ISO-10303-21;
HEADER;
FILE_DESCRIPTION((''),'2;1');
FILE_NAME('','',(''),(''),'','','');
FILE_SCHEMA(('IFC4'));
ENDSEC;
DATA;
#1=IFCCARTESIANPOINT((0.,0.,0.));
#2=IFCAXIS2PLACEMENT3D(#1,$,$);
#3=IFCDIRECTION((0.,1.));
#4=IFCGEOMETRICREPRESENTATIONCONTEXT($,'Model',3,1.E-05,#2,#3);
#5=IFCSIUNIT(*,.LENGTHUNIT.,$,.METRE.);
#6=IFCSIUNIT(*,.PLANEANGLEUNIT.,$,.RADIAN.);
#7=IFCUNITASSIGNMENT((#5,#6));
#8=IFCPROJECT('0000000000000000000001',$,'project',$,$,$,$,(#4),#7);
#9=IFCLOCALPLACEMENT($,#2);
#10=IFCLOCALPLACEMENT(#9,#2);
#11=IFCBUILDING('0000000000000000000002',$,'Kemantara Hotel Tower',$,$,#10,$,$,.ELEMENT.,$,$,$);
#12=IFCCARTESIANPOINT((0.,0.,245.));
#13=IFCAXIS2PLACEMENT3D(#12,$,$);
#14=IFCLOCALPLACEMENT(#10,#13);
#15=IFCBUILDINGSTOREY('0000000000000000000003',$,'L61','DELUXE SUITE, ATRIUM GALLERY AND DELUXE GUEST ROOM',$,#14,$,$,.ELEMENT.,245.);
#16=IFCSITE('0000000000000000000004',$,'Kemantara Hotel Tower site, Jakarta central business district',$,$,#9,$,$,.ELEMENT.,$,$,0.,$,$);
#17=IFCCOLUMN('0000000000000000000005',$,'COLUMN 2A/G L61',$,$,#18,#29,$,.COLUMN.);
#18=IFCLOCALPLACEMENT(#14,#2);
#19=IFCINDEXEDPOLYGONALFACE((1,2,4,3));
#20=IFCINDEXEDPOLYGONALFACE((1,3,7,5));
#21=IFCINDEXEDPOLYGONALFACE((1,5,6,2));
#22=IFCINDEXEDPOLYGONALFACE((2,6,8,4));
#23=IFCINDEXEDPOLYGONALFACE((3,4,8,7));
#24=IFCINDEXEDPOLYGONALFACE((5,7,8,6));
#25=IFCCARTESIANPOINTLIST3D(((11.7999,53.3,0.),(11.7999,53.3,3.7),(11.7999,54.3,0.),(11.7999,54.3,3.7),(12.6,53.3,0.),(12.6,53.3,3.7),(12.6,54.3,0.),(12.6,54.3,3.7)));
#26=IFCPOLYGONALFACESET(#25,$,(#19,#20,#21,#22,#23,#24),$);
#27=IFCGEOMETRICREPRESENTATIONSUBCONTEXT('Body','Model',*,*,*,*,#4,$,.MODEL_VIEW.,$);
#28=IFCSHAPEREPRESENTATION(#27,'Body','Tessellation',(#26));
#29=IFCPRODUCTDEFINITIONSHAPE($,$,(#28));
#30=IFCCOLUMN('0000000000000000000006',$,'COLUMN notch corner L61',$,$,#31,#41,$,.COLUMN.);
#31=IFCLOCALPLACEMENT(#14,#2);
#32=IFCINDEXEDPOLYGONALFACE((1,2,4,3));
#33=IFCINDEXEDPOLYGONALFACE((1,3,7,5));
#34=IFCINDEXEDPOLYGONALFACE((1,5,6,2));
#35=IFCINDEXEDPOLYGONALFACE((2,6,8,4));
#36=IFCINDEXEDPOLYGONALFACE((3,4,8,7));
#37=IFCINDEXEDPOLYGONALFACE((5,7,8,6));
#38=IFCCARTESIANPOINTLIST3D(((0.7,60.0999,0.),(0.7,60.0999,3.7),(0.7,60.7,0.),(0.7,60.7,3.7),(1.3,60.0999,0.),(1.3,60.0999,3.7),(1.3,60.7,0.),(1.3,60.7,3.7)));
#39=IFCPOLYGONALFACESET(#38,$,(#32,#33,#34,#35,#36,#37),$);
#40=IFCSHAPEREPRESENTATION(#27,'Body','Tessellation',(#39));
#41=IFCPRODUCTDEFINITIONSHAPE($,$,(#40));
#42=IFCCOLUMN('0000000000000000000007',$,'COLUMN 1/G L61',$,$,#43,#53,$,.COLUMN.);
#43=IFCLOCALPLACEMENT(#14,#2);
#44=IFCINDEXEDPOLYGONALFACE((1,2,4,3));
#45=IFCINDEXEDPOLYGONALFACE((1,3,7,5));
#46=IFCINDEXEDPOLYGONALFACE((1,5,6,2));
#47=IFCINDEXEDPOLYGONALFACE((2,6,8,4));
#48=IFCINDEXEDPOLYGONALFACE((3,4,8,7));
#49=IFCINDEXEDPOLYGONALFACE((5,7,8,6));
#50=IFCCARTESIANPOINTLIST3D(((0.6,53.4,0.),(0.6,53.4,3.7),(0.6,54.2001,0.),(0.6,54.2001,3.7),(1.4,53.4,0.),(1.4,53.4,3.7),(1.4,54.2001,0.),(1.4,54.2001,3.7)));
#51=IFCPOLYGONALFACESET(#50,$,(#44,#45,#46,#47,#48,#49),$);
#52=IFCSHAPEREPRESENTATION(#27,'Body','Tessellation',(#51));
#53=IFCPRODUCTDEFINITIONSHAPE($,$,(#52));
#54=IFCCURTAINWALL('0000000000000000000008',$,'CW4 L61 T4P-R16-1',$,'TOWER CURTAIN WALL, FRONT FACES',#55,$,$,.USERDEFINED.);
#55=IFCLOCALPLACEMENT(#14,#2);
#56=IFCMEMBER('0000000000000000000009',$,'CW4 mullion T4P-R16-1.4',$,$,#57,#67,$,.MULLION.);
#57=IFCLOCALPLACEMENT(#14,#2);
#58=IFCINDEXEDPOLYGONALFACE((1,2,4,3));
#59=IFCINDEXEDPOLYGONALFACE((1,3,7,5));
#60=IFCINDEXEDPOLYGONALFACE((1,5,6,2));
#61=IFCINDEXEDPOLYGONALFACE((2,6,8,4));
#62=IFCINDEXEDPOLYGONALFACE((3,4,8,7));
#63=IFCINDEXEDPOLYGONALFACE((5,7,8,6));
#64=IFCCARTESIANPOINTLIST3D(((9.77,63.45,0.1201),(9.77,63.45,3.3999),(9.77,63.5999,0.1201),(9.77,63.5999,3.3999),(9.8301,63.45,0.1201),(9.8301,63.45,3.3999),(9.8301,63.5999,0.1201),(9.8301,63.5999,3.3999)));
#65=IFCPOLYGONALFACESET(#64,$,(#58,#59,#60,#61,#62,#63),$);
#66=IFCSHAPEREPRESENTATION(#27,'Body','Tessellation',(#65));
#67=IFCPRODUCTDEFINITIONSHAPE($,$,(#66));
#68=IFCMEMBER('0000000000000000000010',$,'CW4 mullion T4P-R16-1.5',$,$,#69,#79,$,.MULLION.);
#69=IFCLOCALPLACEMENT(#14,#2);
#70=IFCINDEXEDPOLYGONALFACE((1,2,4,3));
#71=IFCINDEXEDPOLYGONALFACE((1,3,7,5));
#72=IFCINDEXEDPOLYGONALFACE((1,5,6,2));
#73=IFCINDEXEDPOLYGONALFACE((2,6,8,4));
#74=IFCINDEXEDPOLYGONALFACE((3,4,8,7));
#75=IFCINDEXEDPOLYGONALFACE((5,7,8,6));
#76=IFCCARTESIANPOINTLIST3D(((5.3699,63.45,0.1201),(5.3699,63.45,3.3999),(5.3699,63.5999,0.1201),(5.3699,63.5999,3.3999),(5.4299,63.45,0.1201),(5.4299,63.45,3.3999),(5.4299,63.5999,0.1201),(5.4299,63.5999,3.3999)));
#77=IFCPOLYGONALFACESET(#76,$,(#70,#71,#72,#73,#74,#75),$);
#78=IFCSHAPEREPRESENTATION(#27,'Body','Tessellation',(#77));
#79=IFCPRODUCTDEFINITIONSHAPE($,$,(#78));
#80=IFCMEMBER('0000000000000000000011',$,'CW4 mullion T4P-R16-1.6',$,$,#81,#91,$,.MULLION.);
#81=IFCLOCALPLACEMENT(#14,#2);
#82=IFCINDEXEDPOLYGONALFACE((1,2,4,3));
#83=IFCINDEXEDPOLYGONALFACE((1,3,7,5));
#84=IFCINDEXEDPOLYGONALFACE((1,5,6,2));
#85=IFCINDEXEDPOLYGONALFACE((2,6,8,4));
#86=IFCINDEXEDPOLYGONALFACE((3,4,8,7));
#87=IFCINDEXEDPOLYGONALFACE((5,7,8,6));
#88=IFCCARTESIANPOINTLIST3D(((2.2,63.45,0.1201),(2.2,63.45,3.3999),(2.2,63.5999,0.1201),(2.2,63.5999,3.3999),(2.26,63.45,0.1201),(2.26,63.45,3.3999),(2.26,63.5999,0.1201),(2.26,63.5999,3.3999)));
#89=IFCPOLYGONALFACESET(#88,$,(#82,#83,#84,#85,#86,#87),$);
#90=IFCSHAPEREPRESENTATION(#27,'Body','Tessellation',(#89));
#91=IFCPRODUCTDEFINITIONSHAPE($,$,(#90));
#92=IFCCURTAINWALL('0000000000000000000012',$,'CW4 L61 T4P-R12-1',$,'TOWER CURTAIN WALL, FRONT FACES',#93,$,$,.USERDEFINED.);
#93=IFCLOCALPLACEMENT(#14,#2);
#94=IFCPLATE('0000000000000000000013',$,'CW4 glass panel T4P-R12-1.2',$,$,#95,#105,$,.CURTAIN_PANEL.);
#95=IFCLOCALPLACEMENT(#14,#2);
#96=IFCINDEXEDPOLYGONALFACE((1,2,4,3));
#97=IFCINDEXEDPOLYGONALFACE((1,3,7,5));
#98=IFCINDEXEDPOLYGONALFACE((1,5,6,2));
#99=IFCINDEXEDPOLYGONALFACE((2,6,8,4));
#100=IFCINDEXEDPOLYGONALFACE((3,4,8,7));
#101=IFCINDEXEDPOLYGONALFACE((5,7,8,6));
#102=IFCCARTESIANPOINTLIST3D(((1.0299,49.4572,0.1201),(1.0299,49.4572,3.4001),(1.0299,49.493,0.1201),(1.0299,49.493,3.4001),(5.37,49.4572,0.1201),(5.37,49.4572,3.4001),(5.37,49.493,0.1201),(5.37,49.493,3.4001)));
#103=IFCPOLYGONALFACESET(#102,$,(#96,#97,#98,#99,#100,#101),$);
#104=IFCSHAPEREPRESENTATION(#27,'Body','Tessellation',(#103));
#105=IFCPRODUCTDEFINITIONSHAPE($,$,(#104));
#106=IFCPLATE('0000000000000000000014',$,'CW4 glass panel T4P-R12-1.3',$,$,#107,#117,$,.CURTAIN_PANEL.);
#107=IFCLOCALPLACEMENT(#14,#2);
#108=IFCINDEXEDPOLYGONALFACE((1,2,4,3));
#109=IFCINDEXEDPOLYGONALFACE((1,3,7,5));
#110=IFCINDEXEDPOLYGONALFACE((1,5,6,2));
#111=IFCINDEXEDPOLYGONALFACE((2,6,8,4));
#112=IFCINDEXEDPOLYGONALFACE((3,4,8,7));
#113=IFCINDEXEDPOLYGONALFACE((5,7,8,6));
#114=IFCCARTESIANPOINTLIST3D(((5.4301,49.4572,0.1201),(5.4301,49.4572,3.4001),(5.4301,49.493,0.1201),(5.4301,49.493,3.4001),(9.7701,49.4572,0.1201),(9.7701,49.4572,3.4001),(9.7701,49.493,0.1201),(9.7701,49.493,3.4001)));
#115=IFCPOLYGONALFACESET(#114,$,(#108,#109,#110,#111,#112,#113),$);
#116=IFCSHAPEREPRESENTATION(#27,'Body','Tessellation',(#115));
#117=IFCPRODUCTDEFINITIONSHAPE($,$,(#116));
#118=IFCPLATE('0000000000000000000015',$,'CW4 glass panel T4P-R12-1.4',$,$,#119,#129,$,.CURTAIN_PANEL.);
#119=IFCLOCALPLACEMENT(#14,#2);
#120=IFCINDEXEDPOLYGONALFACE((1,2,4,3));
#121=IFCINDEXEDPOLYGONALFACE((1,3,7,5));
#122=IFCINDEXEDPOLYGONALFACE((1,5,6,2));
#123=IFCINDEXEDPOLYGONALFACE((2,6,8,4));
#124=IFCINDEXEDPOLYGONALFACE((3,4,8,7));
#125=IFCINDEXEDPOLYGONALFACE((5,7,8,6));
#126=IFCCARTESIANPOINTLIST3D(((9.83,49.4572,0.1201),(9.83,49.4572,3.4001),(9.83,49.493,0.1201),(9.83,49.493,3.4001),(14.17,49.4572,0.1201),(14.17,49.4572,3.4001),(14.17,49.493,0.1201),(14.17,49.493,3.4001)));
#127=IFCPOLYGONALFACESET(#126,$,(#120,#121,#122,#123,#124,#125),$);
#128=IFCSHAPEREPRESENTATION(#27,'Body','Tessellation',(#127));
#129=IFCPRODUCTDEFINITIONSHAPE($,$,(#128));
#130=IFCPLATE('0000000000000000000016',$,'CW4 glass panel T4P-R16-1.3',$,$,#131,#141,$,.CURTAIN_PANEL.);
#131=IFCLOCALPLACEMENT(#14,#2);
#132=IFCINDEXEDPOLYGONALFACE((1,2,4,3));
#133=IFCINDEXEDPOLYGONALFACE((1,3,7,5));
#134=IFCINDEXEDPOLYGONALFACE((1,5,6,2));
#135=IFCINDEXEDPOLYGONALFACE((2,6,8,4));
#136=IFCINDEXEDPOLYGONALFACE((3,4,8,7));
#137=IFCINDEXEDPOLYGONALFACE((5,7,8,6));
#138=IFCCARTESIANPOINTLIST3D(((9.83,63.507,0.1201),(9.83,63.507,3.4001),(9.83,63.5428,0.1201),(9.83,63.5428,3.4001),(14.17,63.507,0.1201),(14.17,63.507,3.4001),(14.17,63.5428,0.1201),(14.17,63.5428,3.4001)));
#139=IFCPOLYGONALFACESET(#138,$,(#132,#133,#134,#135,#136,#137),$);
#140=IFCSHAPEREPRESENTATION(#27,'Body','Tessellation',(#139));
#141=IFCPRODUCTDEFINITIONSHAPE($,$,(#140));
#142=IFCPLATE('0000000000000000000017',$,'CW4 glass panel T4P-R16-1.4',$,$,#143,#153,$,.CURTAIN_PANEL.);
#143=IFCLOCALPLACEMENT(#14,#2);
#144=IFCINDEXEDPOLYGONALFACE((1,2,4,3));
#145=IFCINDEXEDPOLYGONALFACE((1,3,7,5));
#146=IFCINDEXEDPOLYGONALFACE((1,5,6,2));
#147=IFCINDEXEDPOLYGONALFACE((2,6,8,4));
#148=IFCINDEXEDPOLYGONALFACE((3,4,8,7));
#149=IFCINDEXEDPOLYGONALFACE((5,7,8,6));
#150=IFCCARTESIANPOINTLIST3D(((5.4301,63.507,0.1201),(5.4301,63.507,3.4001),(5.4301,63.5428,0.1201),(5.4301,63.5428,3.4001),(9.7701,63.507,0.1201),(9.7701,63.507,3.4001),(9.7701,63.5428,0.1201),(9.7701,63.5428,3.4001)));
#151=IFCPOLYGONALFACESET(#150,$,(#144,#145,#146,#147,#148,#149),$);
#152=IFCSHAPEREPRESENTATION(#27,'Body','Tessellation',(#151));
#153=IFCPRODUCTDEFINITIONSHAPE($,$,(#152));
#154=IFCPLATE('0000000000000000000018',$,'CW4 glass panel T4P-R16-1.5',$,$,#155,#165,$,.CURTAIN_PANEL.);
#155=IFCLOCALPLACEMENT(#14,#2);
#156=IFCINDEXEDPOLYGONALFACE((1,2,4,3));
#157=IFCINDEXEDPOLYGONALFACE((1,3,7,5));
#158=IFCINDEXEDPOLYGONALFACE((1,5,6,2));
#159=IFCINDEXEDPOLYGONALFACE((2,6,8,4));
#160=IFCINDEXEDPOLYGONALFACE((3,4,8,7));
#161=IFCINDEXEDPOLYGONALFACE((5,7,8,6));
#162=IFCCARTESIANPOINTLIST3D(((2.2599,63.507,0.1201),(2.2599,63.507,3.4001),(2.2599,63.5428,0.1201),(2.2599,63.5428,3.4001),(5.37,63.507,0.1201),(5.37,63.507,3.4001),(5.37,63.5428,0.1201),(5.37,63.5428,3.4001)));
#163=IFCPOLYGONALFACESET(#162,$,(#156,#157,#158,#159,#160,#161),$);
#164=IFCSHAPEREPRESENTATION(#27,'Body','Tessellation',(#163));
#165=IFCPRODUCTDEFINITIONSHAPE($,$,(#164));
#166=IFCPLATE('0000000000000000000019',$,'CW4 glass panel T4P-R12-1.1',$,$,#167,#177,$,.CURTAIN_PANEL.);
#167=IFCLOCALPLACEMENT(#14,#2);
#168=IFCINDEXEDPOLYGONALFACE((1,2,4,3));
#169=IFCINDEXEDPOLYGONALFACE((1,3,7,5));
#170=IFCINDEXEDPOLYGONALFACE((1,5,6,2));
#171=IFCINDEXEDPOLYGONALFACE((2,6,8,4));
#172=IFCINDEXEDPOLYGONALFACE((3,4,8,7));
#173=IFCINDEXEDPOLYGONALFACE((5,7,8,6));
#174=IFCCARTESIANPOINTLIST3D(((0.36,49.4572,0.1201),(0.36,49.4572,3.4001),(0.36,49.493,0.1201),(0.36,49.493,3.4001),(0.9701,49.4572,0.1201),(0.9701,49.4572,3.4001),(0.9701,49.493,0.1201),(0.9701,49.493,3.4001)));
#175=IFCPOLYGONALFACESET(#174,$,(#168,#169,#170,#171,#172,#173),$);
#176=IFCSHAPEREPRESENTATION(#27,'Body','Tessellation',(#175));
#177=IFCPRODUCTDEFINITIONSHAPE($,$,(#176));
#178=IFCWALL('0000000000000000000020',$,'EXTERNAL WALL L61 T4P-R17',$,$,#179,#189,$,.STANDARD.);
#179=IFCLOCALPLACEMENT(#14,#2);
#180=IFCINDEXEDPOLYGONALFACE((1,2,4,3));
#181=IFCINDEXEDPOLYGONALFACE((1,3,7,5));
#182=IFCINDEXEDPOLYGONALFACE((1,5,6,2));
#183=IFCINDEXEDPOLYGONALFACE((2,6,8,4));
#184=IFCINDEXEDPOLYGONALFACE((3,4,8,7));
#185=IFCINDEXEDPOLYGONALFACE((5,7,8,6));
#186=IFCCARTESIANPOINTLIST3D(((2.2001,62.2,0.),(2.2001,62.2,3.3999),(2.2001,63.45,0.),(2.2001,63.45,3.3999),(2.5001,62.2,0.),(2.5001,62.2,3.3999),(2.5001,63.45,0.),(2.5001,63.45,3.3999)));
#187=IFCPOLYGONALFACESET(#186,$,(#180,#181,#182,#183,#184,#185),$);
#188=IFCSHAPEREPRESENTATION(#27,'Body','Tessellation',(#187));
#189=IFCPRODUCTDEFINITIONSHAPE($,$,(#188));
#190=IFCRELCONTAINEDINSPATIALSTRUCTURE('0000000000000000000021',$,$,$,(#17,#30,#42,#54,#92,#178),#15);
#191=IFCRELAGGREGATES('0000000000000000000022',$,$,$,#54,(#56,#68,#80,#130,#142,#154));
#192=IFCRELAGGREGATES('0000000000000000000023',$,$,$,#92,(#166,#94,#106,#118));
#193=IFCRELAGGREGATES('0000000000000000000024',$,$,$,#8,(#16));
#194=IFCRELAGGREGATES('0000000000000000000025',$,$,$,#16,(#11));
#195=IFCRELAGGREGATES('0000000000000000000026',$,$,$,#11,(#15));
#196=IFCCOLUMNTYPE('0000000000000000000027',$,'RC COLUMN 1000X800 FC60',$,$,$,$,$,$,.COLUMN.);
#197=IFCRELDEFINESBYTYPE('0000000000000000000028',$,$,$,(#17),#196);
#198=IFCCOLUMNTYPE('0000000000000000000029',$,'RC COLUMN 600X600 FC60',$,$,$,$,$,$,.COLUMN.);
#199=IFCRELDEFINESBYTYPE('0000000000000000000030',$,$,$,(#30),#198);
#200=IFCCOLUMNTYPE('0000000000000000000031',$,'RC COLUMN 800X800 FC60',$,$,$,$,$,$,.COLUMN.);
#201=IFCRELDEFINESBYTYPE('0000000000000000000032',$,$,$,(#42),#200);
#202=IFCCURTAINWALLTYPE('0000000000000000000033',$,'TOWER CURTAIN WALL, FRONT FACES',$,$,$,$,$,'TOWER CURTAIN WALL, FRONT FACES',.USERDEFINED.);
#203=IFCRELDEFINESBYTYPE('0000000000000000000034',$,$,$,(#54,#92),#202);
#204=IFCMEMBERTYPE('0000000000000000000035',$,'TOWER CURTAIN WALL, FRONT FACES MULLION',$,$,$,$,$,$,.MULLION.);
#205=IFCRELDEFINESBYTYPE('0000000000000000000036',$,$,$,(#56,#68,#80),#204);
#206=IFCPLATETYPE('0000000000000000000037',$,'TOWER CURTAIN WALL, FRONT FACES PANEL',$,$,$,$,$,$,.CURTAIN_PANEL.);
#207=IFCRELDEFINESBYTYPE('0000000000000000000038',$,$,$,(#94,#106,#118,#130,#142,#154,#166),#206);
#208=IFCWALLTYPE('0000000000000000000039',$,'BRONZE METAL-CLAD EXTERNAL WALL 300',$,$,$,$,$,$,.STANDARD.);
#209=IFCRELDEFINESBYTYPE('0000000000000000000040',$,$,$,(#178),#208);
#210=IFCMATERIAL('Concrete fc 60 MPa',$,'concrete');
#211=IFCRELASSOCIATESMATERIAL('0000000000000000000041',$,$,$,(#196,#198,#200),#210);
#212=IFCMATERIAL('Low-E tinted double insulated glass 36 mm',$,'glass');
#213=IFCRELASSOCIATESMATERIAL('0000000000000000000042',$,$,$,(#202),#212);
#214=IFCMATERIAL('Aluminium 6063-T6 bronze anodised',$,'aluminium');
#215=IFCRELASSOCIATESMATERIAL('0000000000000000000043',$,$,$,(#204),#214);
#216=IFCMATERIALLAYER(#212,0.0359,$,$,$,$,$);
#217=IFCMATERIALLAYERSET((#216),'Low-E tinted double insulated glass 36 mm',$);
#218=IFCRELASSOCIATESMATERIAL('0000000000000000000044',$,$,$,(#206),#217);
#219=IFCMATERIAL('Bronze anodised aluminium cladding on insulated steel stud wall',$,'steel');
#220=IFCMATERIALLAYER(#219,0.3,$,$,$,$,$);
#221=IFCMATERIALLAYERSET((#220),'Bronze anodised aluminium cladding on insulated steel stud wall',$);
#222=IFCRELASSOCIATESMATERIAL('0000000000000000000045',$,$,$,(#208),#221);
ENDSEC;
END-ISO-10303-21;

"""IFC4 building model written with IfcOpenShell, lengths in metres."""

from ifc_helpers import new_model, si_unit, direction, frame, frame_2d, origin, origin_2d, place, context, subcontext, project, spatial, rectangle, extrude, source, transform, mapped, material, layer, layer_set, material_profile, profile_set, type_object, element, aggregate, save


model = new_model("IFC4")

# Units and contexts
model_context = context("Model", 3, precision=1e-05, world=origin(), true_north=direction((0.0, 1.0)))
body_context = subcontext(model_context, "Body", "Model", "MODEL_VIEW")
ifc_project = project(units=[si_unit("LENGTHUNIT", "METRE"), si_unit("PLANEANGLEUNIT", "RADIAN")], contexts=[model_context])

# Site, building, storey
site_placement = place(None, origin())
site = spatial("IfcSite", under=ifc_project, at=site_placement, Name="Kemantara Hotel Tower site, Jakarta central business district", CompositionType="ELEMENT", RefElevation=0.0)
building_placement = place(site_placement, origin())
building = spatial("IfcBuilding", under=site, at=building_placement, Name="Kemantara Hotel Tower", CompositionType="ELEMENT")
storey_placement = place(building_placement, frame((0.0, 0.0, 245.0)))
storey = spatial("IfcBuildingStorey", under=building, at=storey_placement, Name="L61", Description="DELUXE SUITE, ATRIUM GALLERY AND DELUXE GUEST ROOM", CompositionType="ELEMENT", Elevation=245.0)

# Columns
ifc_material_1 = material(Name="Concrete fc 60 MPa", Category="concrete")
ifc_material_profile_1 = material_profile(ifc_material_1, rectangle(XDim=1.0, YDim=0.8, at=origin_2d()), Name="RC 1000X800")
ifc_profile_set_1 = profile_set([ifc_material_profile_1], Name="Concrete fc 60 MPa")
column_type_1 = type_object("IfcColumnType", Name="RC COLUMN 1000X800 FC60", PredefinedType="COLUMN", material=ifc_profile_set_1)
column_1_placement = place(storey_placement, frame((12.2, 53.8, 0.0), z_axis=(0.0, 0.0, 1.0), x_axis=(0.0, 1.0, 0.0)))
element("IfcColumn", 1, at=column_1_placement, inside=storey, type_object=column_type_1, Name="COLUMN 2A/G L61", PredefinedType="COLUMN", context=body_context, shape_type="SweptSolid", body=[
    extrude(rectangle(XDim=1.0, YDim=0.8, at=origin_2d()), origin(), (0.0, 0.0, 1.0), 3.7),
])
ifc_material_profile_2 = material_profile(ifc_material_1, rectangle(XDim=0.6001, YDim=0.6001, at=origin_2d()), Name="RC 600X600")
ifc_profile_set_2 = profile_set([ifc_material_profile_2], Name="Concrete fc 60 MPa")
column_type_2 = type_object("IfcColumnType", Name="RC COLUMN 600X600 FC60", PredefinedType="COLUMN", material=ifc_profile_set_2)
column_2_placement = place(storey_placement, frame((1.0, 60.3999, 0.0), z_axis=(0.0, 0.0, 1.0), x_axis=(1.0, 0.0, 0.0)))
element("IfcColumn", 2, at=column_2_placement, inside=storey, type_object=column_type_2, Name="COLUMN notch corner L61", PredefinedType="COLUMN", context=body_context, shape_type="SweptSolid", body=[
    extrude(rectangle(XDim=0.6001, YDim=0.6001, at=origin_2d()), origin(), (0.0, 0.0, 1.0), 3.7),
])
ifc_material_profile_3 = material_profile(ifc_material_1, rectangle(XDim=0.8, YDim=0.8, at=origin_2d()), Name="RC 800X800")
ifc_profile_set_3 = profile_set([ifc_material_profile_3], Name="Concrete fc 60 MPa")
column_type_3 = type_object("IfcColumnType", Name="RC COLUMN 800X800 FC60", PredefinedType="COLUMN", material=ifc_profile_set_3)
column_3_placement = place(storey_placement, frame((1.0, 53.8, 0.0), z_axis=(0.0, 0.0, 1.0), x_axis=(1.0, 0.0, 0.0)))
element("IfcColumn", 3, at=column_3_placement, inside=storey, type_object=column_type_3, Name="COLUMN 1/G L61", PredefinedType="COLUMN", context=body_context, shape_type="SweptSolid", body=[
    extrude(rectangle(XDim=0.8, YDim=0.8, at=origin_2d()), origin(), (0.0, 0.0, 1.0), 3.7),
])

# Curtain wall, members
ifc_material_2 = material(Name="Low-E tinted double insulated glass 36 mm", Category="glass")
curtain_wall_type = type_object("IfcCurtainWallType", Name="TOWER CURTAIN WALL, FRONT FACES", ElementType="TOWER CURTAIN WALL, FRONT FACES", PredefinedType="USERDEFINED", material=ifc_material_2)
curtain_wall_1_placement = place(storey_placement, origin())
curtain_wall_1 = element("IfcCurtainWall", 4, at=curtain_wall_1_placement, inside=storey, type_object=curtain_wall_type, Name="CW4 L61 T4P-R16-1", ObjectType="TOWER CURTAIN WALL, FRONT FACES", PredefinedType="USERDEFINED")
ifc_material_3 = material(Name="Aluminium 6063-T6 bronze anodised", Category="aluminium")
ifc_material_profile_4 = material_profile(ifc_material_3, rectangle(XDim=0.1499, YDim=0.0601, at=origin_2d()), Name="TOWER CURTAIN WALL, FRONT FACES MULLION")
ifc_profile_set_4 = profile_set([ifc_material_profile_4], Name="Aluminium 6063-T6 bronze anodised")
member_type = type_object("IfcMemberType", Name="TOWER CURTAIN WALL, FRONT FACES MULLION", PredefinedType="MULLION", material=ifc_profile_set_4)
shared_shape_1 = source(origin(), body_context, "Body", "SweptSolid", [
    extrude(rectangle(XDim=0.1499, YDim=0.0601, at=origin_2d()), origin(), (0.0, 0.0, 1.0), 3.2798),
])
member_1_placement = place(storey_placement, frame((9.8, 63.5249, 0.1201), z_axis=(0.0, 0.0, 1.0), x_axis=(0.0, -1.0, 0.0)))
member_1 = element("IfcMember", 5, at=member_1_placement, type_object=member_type, Name="CW4 mullion T4P-R16-1.4", PredefinedType="MULLION", context=body_context, shape_type="MappedRepresentation", body=[
    mapped(shared_shape_1, transform((0.0, 0.0, 0.0))),
])
member_2_placement = place(storey_placement, frame((5.3999, 63.5249, 0.1201), z_axis=(0.0, 0.0, 1.0), x_axis=(0.0, -1.0, 0.0)))
member_2 = element("IfcMember", 6, at=member_2_placement, type_object=member_type, Name="CW4 mullion T4P-R16-1.5", PredefinedType="MULLION", context=body_context, shape_type="MappedRepresentation", body=[
    mapped(shared_shape_1, transform((0.0, 0.0, 0.0))),
])
member_3_placement = place(storey_placement, frame((2.23, 63.5249, 0.1201), z_axis=(0.0, 0.0, 1.0), x_axis=(0.0, -1.0, 0.0)))
member_3 = element("IfcMember", 7, at=member_3_placement, type_object=member_type, Name="CW4 mullion T4P-R16-1.6", PredefinedType="MULLION", context=body_context, shape_type="MappedRepresentation", body=[
    mapped(shared_shape_1, transform((0.0, 0.0, 0.0))),
])

# Curtain wall, plates
curtain_wall_2_placement = place(storey_placement, origin())
curtain_wall_2 = element("IfcCurtainWall", 8, at=curtain_wall_2_placement, inside=storey, type_object=curtain_wall_type, Name="CW4 L61 T4P-R12-1", ObjectType="TOWER CURTAIN WALL, FRONT FACES", PredefinedType="USERDEFINED")
ifc_layer_1 = layer(ifc_material_2, 0.0359)
ifc_layer_set_1 = layer_set([ifc_layer_1], Name="Low-E tinted double insulated glass 36 mm")
plate_type = type_object("IfcPlateType", Name="TOWER CURTAIN WALL, FRONT FACES PANEL", PredefinedType="CURTAIN_PANEL", material=ifc_layer_set_1)
shared_shape_2 = source(origin(), body_context, "Body", "SweptSolid", [
    extrude(rectangle(XDim=4.3401, YDim=0.0359, at=origin_2d()), origin(), (0.0, 0.0, 1.0), 3.28),
])
plate_1_placement = place(storey_placement, frame((3.2, 49.4751, 0.1201), z_axis=(0.0, 0.0, 1.0), x_axis=(1.0, 0.0, 0.0)))
plate_1 = element("IfcPlate", 9, at=plate_1_placement, type_object=plate_type, Name="CW4 glass panel T4P-R12-1.2", PredefinedType="CURTAIN_PANEL", context=body_context, shape_type="MappedRepresentation", body=[
    mapped(shared_shape_2, transform((0.0, 0.0, 0.0))),
])
plate_2_placement = place(storey_placement, frame((7.6001, 49.4751, 0.1201), z_axis=(0.0, 0.0, 1.0), x_axis=(1.0, 0.0, 0.0)))
plate_2 = element("IfcPlate", 10, at=plate_2_placement, type_object=plate_type, Name="CW4 glass panel T4P-R12-1.3", PredefinedType="CURTAIN_PANEL", context=body_context, shape_type="MappedRepresentation", body=[
    mapped(shared_shape_2, transform((0.0, 0.0, 0.0))),
])
plate_3_placement = place(storey_placement, frame((12.0, 49.4751, 0.1201), z_axis=(0.0, 0.0, 1.0), x_axis=(1.0, 0.0, 0.0)))
plate_3 = element("IfcPlate", 11, at=plate_3_placement, type_object=plate_type, Name="CW4 glass panel T4P-R12-1.4", PredefinedType="CURTAIN_PANEL", context=body_context, shape_type="MappedRepresentation", body=[
    mapped(shared_shape_2, transform((0.0, 0.0, 0.0))),
])

# Plates
plate_4_placement = place(storey_placement, frame((12.0, 63.5249, 0.1201), z_axis=(0.0, 0.0, 1.0), x_axis=(-1.0, 0.0, 0.0)))
plate_4 = element("IfcPlate", 12, at=plate_4_placement, type_object=plate_type, Name="CW4 glass panel T4P-R16-1.3", PredefinedType="CURTAIN_PANEL", context=body_context, shape_type="MappedRepresentation", body=[
    mapped(shared_shape_2, transform((0.0, 0.0, 0.0))),
])
plate_5_placement = place(storey_placement, frame((7.6001, 63.5249, 0.1201), z_axis=(0.0, 0.0, 1.0), x_axis=(-1.0, 0.0, 0.0)))
plate_5 = element("IfcPlate", 13, at=plate_5_placement, type_object=plate_type, Name="CW4 glass panel T4P-R16-1.4", PredefinedType="CURTAIN_PANEL", context=body_context, shape_type="MappedRepresentation", body=[
    mapped(shared_shape_2, transform((0.0, 0.0, 0.0))),
])
shared_shape_3 = source(origin(), body_context, "Body", "SweptSolid", [
    extrude(rectangle(XDim=3.1101, YDim=0.0359, at=origin_2d()), origin(), (0.0, 0.0, 1.0), 3.28),
])
plate_6_placement = place(storey_placement, frame((3.8149, 63.5249, 0.1201), z_axis=(0.0, 0.0, 1.0), x_axis=(-1.0, 0.0, 0.0)))
plate_6 = element("IfcPlate", 14, at=plate_6_placement, type_object=plate_type, Name="CW4 glass panel T4P-R16-1.5", PredefinedType="CURTAIN_PANEL", context=body_context, shape_type="MappedRepresentation", body=[
    mapped(shared_shape_3, transform((0.0, 0.0, 0.0))),
])
aggregate(curtain_wall_1, [member_1, member_2, member_3, plate_4, plate_5, plate_6])
shared_shape_4 = source(origin(), body_context, "Body", "SweptSolid", [
    extrude(rectangle(XDim=0.6101, YDim=0.0359, at=origin_2d()), origin(), (0.0, 0.0, 1.0), 3.28),
])
plate_7_placement = place(storey_placement, frame((0.665, 49.4751, 0.1201), z_axis=(0.0, 0.0, 1.0), x_axis=(1.0, 0.0, 0.0)))
plate_7 = element("IfcPlate", 15, at=plate_7_placement, type_object=plate_type, Name="CW4 glass panel T4P-R12-1.1", PredefinedType="CURTAIN_PANEL", context=body_context, shape_type="MappedRepresentation", body=[
    mapped(shared_shape_4, transform((0.0, 0.0, 0.0))),
])
aggregate(curtain_wall_2, [plate_7, plate_1, plate_2, plate_3])

# Wall
ifc_material_4 = material(Name="Bronze anodised aluminium cladding on insulated steel stud wall", Category="steel")
ifc_layer_2 = layer(ifc_material_4, 0.3)
ifc_layer_set_2 = layer_set([ifc_layer_2], Name="Bronze anodised aluminium cladding on insulated steel stud wall")
wall_type_1 = type_object("IfcWallType", Name="BRONZE METAL-CLAD EXTERNAL WALL 300", PredefinedType="STANDARD", material=ifc_layer_set_2)
wall_1_placement = place(storey_placement, frame((2.3501, 63.45, 0.0), z_axis=(0.0, 0.0, 1.0), x_axis=(0.0, -1.0, 0.0)))
element("IfcWall", 16, at=wall_1_placement, inside=storey, type_object=wall_type_1, Name="EXTERNAL WALL L61 T4P-R17", PredefinedType="STANDARD", context=body_context, shape_type="SweptSolid", body=[
    extrude(rectangle(XDim=1.25, YDim=0.3, at=frame_2d((0.625, 0.0))), origin(), (0.0, 0.0, 1.0), 3.3999),
])

save(model, "model.ifc")
